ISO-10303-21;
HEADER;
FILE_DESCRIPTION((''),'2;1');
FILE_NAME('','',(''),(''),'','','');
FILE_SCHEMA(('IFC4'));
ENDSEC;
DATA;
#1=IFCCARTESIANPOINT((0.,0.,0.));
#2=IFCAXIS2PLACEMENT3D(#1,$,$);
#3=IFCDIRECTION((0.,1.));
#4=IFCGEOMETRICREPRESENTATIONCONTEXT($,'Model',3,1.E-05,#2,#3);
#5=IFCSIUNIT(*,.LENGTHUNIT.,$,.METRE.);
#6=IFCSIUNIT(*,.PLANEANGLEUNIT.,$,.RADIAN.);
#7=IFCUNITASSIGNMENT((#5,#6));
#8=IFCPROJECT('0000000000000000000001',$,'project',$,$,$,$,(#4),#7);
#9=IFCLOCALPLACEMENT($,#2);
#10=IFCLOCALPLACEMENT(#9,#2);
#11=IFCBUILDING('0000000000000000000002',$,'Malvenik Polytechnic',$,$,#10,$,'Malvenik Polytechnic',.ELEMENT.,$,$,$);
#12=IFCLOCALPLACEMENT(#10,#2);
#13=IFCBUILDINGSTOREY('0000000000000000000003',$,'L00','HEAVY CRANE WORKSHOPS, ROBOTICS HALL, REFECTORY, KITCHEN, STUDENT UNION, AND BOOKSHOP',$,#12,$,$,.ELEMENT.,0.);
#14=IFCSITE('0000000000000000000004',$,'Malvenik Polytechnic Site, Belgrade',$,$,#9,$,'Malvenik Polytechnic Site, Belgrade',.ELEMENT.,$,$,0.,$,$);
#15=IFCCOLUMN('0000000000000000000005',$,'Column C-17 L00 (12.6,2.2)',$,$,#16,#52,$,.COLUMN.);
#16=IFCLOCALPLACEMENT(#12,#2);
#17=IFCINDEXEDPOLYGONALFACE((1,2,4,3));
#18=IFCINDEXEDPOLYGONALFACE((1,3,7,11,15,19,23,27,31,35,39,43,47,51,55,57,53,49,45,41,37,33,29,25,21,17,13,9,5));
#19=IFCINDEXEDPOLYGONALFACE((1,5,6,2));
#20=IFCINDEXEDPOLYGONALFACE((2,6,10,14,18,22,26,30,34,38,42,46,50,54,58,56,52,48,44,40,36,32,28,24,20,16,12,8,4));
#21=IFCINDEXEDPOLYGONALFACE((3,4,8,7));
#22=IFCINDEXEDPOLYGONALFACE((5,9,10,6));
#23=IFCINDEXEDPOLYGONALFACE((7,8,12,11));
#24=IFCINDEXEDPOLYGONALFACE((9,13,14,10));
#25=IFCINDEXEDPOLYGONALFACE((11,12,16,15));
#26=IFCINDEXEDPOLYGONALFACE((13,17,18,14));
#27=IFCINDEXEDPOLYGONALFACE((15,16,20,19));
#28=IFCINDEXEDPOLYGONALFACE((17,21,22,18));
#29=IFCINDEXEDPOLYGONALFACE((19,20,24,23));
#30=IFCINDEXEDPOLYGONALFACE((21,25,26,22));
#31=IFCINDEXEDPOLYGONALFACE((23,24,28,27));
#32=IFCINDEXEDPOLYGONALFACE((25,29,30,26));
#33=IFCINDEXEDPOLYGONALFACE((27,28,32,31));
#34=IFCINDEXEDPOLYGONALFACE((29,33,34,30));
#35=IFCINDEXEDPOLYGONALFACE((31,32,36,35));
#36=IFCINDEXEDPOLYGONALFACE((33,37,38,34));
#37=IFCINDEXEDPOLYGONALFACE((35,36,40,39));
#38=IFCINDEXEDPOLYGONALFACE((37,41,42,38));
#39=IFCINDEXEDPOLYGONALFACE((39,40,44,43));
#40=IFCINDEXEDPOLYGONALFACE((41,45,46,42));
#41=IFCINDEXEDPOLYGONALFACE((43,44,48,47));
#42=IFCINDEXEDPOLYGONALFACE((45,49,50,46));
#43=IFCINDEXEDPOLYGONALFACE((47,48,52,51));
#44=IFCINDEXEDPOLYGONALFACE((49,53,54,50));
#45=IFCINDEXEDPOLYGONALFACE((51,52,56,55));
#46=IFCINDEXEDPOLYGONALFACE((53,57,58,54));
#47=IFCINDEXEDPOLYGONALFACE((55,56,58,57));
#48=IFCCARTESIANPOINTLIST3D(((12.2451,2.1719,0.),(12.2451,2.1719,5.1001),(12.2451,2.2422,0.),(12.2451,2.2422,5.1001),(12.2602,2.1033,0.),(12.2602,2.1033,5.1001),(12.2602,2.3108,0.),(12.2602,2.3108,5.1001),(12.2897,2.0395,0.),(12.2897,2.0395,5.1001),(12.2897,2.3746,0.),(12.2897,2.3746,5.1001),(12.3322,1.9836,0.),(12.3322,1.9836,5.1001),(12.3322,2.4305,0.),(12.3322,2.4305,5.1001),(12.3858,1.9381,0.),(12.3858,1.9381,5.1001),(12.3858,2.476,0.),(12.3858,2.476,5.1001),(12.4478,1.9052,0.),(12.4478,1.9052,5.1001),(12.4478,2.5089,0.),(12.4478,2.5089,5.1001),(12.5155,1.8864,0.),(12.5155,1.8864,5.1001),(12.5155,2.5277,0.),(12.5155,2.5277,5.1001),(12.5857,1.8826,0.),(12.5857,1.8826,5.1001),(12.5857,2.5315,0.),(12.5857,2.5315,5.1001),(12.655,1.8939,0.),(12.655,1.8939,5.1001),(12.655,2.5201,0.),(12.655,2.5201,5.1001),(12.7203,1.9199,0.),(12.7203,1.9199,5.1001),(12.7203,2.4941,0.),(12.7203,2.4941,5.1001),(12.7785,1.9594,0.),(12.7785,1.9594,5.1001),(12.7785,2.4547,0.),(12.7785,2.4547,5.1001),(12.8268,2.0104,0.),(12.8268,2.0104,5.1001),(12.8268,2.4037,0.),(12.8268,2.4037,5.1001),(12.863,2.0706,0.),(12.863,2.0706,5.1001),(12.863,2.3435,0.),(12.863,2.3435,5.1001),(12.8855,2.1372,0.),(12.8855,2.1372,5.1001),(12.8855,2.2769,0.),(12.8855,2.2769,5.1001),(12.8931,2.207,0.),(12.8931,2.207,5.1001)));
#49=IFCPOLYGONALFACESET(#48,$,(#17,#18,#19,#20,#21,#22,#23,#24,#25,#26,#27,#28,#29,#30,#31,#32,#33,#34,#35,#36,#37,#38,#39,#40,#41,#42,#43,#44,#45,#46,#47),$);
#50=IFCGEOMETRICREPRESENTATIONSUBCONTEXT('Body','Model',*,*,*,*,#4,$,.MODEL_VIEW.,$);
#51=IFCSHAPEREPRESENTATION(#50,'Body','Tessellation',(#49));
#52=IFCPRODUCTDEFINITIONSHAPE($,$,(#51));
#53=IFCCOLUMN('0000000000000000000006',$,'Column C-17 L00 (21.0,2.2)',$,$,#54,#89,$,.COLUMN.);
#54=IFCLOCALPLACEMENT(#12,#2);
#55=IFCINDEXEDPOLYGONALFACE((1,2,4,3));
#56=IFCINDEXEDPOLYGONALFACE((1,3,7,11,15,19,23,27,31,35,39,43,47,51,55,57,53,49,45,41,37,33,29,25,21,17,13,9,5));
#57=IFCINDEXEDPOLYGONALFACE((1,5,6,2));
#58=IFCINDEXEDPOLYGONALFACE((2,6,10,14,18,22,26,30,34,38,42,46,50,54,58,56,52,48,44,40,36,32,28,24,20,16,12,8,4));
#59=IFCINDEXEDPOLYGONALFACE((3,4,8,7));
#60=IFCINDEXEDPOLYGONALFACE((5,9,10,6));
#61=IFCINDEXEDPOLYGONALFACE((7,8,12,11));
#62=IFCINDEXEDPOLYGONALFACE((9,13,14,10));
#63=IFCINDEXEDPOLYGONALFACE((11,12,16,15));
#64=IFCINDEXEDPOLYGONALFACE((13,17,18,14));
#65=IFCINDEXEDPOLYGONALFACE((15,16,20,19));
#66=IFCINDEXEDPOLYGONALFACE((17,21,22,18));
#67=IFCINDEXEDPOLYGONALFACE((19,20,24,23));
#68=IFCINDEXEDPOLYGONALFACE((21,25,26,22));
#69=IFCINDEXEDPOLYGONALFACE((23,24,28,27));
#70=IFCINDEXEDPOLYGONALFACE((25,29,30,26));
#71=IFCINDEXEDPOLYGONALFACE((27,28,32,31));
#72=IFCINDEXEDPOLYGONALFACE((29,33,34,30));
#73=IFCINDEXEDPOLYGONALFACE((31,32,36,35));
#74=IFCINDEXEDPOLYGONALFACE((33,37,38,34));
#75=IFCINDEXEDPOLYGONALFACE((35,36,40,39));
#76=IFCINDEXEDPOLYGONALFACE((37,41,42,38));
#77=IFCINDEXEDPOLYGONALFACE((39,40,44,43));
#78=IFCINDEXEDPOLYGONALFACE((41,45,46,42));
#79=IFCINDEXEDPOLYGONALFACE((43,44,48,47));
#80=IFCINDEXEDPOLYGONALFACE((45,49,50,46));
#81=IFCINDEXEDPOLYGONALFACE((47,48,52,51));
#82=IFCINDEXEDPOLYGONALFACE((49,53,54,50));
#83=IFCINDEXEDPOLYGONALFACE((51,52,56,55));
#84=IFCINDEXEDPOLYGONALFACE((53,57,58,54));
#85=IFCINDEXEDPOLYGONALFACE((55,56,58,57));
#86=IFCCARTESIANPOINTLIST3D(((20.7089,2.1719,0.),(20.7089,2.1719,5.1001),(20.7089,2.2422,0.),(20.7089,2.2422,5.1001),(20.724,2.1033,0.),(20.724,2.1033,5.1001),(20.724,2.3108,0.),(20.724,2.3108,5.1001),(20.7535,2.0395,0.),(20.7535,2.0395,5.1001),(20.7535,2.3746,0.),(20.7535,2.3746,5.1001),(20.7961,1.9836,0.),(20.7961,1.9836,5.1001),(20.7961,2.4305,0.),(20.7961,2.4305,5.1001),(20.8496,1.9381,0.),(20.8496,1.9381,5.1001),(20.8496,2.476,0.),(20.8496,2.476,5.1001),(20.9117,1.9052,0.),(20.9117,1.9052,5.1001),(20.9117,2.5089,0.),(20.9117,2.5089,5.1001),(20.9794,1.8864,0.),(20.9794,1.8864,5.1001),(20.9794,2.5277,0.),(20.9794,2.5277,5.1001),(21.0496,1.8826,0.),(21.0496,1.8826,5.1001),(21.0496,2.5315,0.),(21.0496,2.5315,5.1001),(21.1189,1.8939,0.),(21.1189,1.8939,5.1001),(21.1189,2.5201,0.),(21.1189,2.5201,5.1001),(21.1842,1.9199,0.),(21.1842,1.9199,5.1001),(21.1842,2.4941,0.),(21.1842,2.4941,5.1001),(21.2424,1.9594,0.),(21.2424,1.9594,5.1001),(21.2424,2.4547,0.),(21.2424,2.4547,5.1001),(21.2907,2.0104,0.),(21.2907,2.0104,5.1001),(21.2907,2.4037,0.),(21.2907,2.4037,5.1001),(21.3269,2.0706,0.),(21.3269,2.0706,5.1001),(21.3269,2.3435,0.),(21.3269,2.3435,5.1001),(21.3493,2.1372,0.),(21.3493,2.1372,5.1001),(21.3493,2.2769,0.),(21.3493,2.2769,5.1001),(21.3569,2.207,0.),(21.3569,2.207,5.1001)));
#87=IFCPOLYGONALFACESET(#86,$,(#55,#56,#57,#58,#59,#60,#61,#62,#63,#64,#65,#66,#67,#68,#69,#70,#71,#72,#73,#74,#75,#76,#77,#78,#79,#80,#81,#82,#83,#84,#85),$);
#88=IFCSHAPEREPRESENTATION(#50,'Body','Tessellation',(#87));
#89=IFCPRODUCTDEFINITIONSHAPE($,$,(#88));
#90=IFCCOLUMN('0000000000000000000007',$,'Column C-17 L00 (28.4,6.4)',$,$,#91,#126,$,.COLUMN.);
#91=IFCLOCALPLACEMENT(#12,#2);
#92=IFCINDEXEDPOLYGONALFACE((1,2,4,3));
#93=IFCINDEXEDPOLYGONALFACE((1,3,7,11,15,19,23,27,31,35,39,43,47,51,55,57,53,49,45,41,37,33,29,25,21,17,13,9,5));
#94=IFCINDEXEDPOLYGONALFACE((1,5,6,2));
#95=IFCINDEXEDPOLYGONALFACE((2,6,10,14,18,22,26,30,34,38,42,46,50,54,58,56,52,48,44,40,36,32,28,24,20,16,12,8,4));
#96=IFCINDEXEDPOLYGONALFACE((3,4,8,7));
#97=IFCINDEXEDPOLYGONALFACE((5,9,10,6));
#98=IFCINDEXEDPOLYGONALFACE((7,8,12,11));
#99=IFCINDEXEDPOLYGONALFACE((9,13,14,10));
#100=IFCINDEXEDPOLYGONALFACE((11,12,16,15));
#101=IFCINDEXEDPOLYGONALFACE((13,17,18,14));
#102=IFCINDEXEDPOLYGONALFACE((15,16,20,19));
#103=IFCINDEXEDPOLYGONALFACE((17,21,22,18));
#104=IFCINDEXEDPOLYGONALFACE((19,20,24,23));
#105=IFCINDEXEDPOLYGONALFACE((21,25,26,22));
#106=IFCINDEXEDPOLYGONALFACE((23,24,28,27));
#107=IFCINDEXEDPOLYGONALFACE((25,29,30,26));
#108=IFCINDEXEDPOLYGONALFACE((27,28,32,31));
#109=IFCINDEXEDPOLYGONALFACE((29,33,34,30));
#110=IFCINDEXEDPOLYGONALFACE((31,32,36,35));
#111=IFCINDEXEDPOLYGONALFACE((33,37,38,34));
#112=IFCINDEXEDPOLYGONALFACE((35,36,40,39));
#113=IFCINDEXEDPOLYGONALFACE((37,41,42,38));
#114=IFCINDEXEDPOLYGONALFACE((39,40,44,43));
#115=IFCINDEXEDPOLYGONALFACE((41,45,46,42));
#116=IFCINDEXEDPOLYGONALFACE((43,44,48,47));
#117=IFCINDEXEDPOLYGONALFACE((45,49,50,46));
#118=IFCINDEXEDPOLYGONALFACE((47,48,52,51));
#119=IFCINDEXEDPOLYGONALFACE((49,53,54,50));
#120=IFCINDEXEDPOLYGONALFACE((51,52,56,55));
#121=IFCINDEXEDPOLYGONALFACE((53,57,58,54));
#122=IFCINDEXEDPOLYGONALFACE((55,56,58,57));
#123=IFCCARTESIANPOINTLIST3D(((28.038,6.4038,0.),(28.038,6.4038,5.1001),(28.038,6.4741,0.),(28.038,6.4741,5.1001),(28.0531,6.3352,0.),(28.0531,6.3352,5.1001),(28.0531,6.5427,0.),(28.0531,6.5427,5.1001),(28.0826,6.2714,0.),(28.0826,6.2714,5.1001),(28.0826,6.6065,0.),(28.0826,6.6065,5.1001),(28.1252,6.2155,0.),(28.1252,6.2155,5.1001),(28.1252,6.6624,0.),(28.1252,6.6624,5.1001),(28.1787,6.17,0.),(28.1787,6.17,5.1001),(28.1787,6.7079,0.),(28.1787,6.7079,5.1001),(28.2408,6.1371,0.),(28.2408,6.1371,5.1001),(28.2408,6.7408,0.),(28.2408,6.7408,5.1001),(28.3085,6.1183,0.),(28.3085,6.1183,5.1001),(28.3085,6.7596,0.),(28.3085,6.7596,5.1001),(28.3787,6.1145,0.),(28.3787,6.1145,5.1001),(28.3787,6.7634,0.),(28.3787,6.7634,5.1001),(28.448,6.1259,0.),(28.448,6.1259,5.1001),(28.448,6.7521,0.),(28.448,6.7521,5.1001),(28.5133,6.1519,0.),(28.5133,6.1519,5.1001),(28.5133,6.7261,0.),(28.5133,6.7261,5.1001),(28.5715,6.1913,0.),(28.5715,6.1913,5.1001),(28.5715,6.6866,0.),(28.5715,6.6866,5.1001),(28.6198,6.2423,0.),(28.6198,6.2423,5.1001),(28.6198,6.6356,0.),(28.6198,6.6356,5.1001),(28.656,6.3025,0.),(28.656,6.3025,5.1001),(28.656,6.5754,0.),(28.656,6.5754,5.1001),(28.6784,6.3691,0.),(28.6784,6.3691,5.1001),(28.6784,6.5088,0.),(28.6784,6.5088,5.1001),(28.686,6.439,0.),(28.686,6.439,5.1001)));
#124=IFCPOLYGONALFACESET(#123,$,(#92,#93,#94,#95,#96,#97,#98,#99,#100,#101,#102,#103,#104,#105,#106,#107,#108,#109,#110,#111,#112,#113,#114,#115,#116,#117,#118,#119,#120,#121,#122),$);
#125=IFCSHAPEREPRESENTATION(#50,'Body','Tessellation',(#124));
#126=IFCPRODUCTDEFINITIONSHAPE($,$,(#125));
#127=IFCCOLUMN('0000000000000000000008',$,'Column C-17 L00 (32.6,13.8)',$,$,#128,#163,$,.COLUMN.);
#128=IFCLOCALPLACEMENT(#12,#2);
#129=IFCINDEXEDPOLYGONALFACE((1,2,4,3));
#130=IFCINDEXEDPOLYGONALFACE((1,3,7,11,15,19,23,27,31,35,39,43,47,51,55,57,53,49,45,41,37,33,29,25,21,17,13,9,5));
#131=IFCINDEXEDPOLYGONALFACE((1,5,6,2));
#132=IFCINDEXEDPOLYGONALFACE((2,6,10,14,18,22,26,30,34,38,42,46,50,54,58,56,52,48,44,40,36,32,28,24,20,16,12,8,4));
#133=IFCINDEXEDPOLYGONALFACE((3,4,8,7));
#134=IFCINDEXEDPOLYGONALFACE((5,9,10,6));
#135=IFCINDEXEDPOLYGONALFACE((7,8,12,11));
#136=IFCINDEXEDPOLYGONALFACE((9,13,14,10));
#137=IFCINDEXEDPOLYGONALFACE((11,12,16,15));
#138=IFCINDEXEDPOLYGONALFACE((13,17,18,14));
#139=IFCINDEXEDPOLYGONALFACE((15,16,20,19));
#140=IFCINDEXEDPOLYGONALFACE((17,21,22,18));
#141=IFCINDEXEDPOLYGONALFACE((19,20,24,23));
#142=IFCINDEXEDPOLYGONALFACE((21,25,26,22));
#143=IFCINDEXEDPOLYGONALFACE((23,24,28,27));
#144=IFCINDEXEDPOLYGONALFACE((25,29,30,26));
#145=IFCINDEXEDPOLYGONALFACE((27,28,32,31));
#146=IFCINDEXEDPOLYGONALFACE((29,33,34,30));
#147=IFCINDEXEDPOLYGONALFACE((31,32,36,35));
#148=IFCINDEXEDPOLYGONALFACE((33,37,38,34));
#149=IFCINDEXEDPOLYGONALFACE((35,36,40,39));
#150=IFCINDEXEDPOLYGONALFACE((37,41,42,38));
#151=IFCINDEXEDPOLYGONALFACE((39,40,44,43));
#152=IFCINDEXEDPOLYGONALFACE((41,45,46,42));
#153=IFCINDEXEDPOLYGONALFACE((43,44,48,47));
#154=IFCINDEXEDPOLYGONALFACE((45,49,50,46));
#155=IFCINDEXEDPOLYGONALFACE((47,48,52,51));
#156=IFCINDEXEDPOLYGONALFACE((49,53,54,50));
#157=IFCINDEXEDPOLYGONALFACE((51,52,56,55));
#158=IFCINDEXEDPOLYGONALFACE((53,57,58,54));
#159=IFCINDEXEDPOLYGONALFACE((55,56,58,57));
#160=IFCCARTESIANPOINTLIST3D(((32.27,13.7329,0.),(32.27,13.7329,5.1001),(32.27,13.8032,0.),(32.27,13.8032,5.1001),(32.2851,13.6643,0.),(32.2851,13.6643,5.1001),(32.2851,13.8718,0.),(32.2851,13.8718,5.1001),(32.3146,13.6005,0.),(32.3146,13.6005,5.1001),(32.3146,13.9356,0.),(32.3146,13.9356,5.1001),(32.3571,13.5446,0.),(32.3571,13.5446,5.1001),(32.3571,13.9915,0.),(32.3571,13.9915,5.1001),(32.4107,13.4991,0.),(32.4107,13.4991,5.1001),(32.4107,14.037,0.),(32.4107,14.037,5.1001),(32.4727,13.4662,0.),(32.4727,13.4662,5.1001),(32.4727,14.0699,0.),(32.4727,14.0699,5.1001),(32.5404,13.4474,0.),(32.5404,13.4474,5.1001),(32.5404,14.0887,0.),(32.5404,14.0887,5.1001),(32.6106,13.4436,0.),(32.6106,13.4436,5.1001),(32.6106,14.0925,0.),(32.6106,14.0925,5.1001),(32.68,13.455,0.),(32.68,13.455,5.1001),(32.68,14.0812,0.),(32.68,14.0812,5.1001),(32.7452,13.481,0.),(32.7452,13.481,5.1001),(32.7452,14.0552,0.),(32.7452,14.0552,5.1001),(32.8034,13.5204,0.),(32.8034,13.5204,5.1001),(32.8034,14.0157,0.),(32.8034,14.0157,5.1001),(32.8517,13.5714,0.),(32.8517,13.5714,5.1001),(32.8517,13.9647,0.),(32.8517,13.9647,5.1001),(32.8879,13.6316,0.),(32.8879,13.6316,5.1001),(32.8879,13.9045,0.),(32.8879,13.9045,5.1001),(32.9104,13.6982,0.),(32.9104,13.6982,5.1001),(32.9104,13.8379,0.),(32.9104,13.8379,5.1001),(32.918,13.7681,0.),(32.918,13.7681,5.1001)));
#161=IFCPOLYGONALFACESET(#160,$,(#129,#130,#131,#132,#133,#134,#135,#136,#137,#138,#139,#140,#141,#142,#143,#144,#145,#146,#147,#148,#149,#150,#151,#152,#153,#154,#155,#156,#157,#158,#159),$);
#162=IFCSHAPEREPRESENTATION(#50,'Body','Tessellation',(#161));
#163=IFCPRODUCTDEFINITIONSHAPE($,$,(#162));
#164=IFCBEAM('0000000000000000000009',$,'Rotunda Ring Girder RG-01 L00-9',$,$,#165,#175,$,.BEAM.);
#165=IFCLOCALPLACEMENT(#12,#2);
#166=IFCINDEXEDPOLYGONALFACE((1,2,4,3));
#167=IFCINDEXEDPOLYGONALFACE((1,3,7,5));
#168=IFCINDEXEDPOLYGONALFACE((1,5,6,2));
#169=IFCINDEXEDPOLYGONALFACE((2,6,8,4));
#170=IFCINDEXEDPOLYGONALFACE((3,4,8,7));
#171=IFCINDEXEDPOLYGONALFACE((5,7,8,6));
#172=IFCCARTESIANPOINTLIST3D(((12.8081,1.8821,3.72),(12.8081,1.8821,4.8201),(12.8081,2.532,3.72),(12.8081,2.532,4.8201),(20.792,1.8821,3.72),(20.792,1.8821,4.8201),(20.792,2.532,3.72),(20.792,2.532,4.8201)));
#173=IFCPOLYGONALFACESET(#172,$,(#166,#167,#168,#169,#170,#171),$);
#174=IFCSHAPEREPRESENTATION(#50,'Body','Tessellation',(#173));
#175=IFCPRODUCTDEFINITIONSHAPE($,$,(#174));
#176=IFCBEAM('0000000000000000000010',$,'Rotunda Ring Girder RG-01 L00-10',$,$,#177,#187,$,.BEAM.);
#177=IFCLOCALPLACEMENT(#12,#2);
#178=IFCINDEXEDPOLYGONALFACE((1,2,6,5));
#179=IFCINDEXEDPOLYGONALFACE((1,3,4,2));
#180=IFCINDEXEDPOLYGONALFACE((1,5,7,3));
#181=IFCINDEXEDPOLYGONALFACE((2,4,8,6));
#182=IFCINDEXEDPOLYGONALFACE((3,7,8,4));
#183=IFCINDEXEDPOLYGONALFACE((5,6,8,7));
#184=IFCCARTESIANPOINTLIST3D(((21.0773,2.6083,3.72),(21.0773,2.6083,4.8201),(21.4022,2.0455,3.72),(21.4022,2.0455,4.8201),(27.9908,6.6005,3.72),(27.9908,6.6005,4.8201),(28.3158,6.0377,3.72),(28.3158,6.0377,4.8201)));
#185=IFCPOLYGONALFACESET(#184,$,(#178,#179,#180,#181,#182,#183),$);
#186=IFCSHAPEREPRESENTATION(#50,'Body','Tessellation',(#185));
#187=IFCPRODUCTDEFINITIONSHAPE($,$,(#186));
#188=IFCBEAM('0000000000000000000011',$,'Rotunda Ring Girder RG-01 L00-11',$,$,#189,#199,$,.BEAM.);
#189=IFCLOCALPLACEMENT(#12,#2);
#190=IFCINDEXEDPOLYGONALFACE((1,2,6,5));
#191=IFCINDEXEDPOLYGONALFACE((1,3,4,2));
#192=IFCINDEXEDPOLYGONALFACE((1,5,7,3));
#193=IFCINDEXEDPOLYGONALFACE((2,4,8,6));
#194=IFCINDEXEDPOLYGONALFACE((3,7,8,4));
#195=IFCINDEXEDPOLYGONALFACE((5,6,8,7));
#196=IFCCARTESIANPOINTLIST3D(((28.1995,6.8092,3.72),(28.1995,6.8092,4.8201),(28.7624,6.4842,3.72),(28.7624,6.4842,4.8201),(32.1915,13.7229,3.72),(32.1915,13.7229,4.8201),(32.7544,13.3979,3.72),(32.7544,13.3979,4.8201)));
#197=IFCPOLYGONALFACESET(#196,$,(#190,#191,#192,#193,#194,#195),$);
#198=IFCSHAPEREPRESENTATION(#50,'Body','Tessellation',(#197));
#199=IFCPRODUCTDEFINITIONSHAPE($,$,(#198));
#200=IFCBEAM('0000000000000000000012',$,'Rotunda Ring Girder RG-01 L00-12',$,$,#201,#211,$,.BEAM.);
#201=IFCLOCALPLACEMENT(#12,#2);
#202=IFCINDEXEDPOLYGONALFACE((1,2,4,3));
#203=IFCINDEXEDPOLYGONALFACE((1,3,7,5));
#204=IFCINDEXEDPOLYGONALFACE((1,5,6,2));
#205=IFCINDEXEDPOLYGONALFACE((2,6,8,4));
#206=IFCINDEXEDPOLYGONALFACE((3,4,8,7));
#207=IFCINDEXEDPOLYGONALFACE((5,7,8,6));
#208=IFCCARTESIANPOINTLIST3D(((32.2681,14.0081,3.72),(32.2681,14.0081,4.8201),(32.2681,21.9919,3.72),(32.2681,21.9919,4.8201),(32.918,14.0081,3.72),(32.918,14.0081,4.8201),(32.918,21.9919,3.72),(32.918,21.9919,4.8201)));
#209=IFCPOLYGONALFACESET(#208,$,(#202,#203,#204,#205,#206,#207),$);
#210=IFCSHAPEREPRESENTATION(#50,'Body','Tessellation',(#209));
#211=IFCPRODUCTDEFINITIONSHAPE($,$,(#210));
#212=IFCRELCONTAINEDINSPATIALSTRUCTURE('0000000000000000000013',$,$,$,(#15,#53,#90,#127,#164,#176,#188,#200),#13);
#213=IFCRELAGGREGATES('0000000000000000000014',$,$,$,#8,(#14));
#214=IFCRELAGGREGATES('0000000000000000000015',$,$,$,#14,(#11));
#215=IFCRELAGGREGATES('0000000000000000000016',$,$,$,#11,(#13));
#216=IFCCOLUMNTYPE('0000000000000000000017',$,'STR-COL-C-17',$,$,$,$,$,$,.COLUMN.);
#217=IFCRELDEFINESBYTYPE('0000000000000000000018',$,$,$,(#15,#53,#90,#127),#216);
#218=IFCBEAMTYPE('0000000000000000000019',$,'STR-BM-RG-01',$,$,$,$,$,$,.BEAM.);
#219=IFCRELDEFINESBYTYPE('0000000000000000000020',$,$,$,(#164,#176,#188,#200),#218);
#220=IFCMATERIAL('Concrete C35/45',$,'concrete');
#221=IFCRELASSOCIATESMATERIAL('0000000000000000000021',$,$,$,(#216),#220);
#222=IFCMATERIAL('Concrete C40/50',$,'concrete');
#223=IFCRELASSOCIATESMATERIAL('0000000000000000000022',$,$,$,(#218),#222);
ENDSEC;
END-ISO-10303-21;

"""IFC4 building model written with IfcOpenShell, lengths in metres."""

from ifc_helpers import new_model, si_unit, direction, frame, origin, origin_2d, place, context, subcontext, project, spatial, rectangle, circle, extrude, material, material_profile, profile_set, type_object, element, save


model = new_model("IFC4")

# Units and contexts
model_context = context("Model", 3, precision=1e-05, world=origin(), true_north=direction((0.0, 1.0)))
body_context = subcontext(model_context, "Body", "Model", "MODEL_VIEW")
ifc_project = project(units=[si_unit("LENGTHUNIT", "METRE"), si_unit("PLANEANGLEUNIT", "RADIAN")], contexts=[model_context])

# Site, building, storey
site_placement = place(None, origin())
site = spatial("IfcSite", under=ifc_project, at=site_placement, Name="Malvenik Polytechnic Site, Belgrade", LongName="Malvenik Polytechnic Site, Belgrade", CompositionType="ELEMENT", RefElevation=0.0)
building_placement = place(site_placement, origin())
building = spatial("IfcBuilding", under=site, at=building_placement, Name="Malvenik Polytechnic", LongName="Malvenik Polytechnic", CompositionType="ELEMENT")
storey_placement = place(building_placement, origin())
storey = spatial("IfcBuildingStorey", under=building, at=storey_placement, Name="L00", Description="HEAVY CRANE WORKSHOPS, ROBOTICS HALL, REFECTORY, KITCHEN, STUDENT UNION, AND BOOKSHOP", CompositionType="ELEMENT", Elevation=0.0)

# Columns
ifc_material_1 = material(Name="Concrete C35/45", Category="concrete")
ifc_material_profile_1 = material_profile(ifc_material_1, circle(Radius=0.325, at=origin_2d()), Name="RC COL D650")
ifc_profile_set_1 = profile_set([ifc_material_profile_1], Name="Concrete C35/45")
column_type = type_object("IfcColumnType", Name="STR-COL-C-17", PredefinedType="COLUMN", material=ifc_profile_set_1)
for number, where, z_axis, x_axis, name in (
    (1, (12.5681, 2.207, 0.0), (0.0, 0.0, 1.0), (1.0, 0.0, 0.0), "Column C-17 L00 (12.6,2.2)"),
    (2, (21.032, 2.207, 0.0), (0.0, 0.0, 1.0), (1.0, 0.0, 0.0), "Column C-17 L00 (21.0,2.2)"),
    (3, (28.3611, 6.439, 0.0), (0.0, 0.0, 1.0), (1.0, 0.0, 0.0), "Column C-17 L00 (28.4,6.4)"),
    (4, (32.593, 13.7681, 0.0), (0.0, 0.0, 1.0), (1.0, 0.0, 0.0), "Column C-17 L00 (32.6,13.8)"),
):
    element("IfcColumn", number, at=place(storey_placement, frame(where, z_axis=z_axis, x_axis=x_axis)), inside=storey, type_object=column_type, Name=name, PredefinedType="COLUMN", context=body_context, shape_type="SweptSolid", body=[
        extrude(circle(Radius=0.325, at=origin_2d()), origin(), (0.0, 0.0, 1.0), 5.1001),
    ])

# Beams
ifc_material_2 = material(Name="Concrete C40/50", Category="concrete")
ifc_material_profile_2 = material_profile(ifc_material_2, rectangle(XDim=0.6499, YDim=1.1001, at=origin_2d()), Name="RC RG 650x1100")
ifc_profile_set_2 = profile_set([ifc_material_profile_2], Name="Concrete C40/50")
beam_type = type_object("IfcBeamType", Name="STR-BM-RG-01", PredefinedType="BEAM", material=ifc_profile_set_2)
beam_1_placement = place(storey_placement, frame((12.8081, 2.207, 4.27), z_axis=(1.0, 0.0, 0.0), x_axis=(0.0, 1.0, 0.0)))
element("IfcBeam", 5, at=beam_1_placement, inside=storey, type_object=beam_type, Name="Rotunda Ring Girder RG-01 L00-9", PredefinedType="BEAM", context=body_context, shape_type="SweptSolid", body=[
    extrude(rectangle(XDim=0.6499, YDim=1.1001, at=origin_2d()), origin(), (0.0, 0.0, 1.0), 7.9839),
])
for number, where, z_axis, x_axis, name in (
    (6, (21.2397, 2.3269, 4.27), (0.865991, 0.50006, 0.0), (-0.50006, 0.865991, 0.0), "Rotunda Ring Girder RG-01 L00-10"),
    (7, (28.481, 6.6467, 4.27), (0.500037, 0.866004, 0.0), (-0.866004, 0.500037, 0.0), "Rotunda Ring Girder RG-01 L00-11"),
):
    element("IfcBeam", number, at=place(storey_placement, frame(where, z_axis=z_axis, x_axis=x_axis)), inside=storey, type_object=beam_type, Name=name, PredefinedType="BEAM", context=body_context, shape_type="SweptSolid", body=[
        extrude(rectangle(XDim=0.6499, YDim=1.1001, at=origin_2d()), origin(), (0.0, 0.0, 1.0), 7.9834),
    ])
beam_2_placement = place(storey_placement, frame((32.593, 14.0081, 4.27), z_axis=(0.0, 1.0, 0.0), x_axis=(-1.0, 0.0, 0.0)))
element("IfcBeam", 8, at=beam_2_placement, inside=storey, type_object=beam_type, Name="Rotunda Ring Girder RG-01 L00-12", PredefinedType="BEAM", context=body_context, shape_type="SweptSolid", body=[
    extrude(rectangle(XDim=0.6499, YDim=1.1001, at=origin_2d()), origin(), (0.0, 0.0, 1.0), 7.9839),
])

save(model, "model.ifc")
